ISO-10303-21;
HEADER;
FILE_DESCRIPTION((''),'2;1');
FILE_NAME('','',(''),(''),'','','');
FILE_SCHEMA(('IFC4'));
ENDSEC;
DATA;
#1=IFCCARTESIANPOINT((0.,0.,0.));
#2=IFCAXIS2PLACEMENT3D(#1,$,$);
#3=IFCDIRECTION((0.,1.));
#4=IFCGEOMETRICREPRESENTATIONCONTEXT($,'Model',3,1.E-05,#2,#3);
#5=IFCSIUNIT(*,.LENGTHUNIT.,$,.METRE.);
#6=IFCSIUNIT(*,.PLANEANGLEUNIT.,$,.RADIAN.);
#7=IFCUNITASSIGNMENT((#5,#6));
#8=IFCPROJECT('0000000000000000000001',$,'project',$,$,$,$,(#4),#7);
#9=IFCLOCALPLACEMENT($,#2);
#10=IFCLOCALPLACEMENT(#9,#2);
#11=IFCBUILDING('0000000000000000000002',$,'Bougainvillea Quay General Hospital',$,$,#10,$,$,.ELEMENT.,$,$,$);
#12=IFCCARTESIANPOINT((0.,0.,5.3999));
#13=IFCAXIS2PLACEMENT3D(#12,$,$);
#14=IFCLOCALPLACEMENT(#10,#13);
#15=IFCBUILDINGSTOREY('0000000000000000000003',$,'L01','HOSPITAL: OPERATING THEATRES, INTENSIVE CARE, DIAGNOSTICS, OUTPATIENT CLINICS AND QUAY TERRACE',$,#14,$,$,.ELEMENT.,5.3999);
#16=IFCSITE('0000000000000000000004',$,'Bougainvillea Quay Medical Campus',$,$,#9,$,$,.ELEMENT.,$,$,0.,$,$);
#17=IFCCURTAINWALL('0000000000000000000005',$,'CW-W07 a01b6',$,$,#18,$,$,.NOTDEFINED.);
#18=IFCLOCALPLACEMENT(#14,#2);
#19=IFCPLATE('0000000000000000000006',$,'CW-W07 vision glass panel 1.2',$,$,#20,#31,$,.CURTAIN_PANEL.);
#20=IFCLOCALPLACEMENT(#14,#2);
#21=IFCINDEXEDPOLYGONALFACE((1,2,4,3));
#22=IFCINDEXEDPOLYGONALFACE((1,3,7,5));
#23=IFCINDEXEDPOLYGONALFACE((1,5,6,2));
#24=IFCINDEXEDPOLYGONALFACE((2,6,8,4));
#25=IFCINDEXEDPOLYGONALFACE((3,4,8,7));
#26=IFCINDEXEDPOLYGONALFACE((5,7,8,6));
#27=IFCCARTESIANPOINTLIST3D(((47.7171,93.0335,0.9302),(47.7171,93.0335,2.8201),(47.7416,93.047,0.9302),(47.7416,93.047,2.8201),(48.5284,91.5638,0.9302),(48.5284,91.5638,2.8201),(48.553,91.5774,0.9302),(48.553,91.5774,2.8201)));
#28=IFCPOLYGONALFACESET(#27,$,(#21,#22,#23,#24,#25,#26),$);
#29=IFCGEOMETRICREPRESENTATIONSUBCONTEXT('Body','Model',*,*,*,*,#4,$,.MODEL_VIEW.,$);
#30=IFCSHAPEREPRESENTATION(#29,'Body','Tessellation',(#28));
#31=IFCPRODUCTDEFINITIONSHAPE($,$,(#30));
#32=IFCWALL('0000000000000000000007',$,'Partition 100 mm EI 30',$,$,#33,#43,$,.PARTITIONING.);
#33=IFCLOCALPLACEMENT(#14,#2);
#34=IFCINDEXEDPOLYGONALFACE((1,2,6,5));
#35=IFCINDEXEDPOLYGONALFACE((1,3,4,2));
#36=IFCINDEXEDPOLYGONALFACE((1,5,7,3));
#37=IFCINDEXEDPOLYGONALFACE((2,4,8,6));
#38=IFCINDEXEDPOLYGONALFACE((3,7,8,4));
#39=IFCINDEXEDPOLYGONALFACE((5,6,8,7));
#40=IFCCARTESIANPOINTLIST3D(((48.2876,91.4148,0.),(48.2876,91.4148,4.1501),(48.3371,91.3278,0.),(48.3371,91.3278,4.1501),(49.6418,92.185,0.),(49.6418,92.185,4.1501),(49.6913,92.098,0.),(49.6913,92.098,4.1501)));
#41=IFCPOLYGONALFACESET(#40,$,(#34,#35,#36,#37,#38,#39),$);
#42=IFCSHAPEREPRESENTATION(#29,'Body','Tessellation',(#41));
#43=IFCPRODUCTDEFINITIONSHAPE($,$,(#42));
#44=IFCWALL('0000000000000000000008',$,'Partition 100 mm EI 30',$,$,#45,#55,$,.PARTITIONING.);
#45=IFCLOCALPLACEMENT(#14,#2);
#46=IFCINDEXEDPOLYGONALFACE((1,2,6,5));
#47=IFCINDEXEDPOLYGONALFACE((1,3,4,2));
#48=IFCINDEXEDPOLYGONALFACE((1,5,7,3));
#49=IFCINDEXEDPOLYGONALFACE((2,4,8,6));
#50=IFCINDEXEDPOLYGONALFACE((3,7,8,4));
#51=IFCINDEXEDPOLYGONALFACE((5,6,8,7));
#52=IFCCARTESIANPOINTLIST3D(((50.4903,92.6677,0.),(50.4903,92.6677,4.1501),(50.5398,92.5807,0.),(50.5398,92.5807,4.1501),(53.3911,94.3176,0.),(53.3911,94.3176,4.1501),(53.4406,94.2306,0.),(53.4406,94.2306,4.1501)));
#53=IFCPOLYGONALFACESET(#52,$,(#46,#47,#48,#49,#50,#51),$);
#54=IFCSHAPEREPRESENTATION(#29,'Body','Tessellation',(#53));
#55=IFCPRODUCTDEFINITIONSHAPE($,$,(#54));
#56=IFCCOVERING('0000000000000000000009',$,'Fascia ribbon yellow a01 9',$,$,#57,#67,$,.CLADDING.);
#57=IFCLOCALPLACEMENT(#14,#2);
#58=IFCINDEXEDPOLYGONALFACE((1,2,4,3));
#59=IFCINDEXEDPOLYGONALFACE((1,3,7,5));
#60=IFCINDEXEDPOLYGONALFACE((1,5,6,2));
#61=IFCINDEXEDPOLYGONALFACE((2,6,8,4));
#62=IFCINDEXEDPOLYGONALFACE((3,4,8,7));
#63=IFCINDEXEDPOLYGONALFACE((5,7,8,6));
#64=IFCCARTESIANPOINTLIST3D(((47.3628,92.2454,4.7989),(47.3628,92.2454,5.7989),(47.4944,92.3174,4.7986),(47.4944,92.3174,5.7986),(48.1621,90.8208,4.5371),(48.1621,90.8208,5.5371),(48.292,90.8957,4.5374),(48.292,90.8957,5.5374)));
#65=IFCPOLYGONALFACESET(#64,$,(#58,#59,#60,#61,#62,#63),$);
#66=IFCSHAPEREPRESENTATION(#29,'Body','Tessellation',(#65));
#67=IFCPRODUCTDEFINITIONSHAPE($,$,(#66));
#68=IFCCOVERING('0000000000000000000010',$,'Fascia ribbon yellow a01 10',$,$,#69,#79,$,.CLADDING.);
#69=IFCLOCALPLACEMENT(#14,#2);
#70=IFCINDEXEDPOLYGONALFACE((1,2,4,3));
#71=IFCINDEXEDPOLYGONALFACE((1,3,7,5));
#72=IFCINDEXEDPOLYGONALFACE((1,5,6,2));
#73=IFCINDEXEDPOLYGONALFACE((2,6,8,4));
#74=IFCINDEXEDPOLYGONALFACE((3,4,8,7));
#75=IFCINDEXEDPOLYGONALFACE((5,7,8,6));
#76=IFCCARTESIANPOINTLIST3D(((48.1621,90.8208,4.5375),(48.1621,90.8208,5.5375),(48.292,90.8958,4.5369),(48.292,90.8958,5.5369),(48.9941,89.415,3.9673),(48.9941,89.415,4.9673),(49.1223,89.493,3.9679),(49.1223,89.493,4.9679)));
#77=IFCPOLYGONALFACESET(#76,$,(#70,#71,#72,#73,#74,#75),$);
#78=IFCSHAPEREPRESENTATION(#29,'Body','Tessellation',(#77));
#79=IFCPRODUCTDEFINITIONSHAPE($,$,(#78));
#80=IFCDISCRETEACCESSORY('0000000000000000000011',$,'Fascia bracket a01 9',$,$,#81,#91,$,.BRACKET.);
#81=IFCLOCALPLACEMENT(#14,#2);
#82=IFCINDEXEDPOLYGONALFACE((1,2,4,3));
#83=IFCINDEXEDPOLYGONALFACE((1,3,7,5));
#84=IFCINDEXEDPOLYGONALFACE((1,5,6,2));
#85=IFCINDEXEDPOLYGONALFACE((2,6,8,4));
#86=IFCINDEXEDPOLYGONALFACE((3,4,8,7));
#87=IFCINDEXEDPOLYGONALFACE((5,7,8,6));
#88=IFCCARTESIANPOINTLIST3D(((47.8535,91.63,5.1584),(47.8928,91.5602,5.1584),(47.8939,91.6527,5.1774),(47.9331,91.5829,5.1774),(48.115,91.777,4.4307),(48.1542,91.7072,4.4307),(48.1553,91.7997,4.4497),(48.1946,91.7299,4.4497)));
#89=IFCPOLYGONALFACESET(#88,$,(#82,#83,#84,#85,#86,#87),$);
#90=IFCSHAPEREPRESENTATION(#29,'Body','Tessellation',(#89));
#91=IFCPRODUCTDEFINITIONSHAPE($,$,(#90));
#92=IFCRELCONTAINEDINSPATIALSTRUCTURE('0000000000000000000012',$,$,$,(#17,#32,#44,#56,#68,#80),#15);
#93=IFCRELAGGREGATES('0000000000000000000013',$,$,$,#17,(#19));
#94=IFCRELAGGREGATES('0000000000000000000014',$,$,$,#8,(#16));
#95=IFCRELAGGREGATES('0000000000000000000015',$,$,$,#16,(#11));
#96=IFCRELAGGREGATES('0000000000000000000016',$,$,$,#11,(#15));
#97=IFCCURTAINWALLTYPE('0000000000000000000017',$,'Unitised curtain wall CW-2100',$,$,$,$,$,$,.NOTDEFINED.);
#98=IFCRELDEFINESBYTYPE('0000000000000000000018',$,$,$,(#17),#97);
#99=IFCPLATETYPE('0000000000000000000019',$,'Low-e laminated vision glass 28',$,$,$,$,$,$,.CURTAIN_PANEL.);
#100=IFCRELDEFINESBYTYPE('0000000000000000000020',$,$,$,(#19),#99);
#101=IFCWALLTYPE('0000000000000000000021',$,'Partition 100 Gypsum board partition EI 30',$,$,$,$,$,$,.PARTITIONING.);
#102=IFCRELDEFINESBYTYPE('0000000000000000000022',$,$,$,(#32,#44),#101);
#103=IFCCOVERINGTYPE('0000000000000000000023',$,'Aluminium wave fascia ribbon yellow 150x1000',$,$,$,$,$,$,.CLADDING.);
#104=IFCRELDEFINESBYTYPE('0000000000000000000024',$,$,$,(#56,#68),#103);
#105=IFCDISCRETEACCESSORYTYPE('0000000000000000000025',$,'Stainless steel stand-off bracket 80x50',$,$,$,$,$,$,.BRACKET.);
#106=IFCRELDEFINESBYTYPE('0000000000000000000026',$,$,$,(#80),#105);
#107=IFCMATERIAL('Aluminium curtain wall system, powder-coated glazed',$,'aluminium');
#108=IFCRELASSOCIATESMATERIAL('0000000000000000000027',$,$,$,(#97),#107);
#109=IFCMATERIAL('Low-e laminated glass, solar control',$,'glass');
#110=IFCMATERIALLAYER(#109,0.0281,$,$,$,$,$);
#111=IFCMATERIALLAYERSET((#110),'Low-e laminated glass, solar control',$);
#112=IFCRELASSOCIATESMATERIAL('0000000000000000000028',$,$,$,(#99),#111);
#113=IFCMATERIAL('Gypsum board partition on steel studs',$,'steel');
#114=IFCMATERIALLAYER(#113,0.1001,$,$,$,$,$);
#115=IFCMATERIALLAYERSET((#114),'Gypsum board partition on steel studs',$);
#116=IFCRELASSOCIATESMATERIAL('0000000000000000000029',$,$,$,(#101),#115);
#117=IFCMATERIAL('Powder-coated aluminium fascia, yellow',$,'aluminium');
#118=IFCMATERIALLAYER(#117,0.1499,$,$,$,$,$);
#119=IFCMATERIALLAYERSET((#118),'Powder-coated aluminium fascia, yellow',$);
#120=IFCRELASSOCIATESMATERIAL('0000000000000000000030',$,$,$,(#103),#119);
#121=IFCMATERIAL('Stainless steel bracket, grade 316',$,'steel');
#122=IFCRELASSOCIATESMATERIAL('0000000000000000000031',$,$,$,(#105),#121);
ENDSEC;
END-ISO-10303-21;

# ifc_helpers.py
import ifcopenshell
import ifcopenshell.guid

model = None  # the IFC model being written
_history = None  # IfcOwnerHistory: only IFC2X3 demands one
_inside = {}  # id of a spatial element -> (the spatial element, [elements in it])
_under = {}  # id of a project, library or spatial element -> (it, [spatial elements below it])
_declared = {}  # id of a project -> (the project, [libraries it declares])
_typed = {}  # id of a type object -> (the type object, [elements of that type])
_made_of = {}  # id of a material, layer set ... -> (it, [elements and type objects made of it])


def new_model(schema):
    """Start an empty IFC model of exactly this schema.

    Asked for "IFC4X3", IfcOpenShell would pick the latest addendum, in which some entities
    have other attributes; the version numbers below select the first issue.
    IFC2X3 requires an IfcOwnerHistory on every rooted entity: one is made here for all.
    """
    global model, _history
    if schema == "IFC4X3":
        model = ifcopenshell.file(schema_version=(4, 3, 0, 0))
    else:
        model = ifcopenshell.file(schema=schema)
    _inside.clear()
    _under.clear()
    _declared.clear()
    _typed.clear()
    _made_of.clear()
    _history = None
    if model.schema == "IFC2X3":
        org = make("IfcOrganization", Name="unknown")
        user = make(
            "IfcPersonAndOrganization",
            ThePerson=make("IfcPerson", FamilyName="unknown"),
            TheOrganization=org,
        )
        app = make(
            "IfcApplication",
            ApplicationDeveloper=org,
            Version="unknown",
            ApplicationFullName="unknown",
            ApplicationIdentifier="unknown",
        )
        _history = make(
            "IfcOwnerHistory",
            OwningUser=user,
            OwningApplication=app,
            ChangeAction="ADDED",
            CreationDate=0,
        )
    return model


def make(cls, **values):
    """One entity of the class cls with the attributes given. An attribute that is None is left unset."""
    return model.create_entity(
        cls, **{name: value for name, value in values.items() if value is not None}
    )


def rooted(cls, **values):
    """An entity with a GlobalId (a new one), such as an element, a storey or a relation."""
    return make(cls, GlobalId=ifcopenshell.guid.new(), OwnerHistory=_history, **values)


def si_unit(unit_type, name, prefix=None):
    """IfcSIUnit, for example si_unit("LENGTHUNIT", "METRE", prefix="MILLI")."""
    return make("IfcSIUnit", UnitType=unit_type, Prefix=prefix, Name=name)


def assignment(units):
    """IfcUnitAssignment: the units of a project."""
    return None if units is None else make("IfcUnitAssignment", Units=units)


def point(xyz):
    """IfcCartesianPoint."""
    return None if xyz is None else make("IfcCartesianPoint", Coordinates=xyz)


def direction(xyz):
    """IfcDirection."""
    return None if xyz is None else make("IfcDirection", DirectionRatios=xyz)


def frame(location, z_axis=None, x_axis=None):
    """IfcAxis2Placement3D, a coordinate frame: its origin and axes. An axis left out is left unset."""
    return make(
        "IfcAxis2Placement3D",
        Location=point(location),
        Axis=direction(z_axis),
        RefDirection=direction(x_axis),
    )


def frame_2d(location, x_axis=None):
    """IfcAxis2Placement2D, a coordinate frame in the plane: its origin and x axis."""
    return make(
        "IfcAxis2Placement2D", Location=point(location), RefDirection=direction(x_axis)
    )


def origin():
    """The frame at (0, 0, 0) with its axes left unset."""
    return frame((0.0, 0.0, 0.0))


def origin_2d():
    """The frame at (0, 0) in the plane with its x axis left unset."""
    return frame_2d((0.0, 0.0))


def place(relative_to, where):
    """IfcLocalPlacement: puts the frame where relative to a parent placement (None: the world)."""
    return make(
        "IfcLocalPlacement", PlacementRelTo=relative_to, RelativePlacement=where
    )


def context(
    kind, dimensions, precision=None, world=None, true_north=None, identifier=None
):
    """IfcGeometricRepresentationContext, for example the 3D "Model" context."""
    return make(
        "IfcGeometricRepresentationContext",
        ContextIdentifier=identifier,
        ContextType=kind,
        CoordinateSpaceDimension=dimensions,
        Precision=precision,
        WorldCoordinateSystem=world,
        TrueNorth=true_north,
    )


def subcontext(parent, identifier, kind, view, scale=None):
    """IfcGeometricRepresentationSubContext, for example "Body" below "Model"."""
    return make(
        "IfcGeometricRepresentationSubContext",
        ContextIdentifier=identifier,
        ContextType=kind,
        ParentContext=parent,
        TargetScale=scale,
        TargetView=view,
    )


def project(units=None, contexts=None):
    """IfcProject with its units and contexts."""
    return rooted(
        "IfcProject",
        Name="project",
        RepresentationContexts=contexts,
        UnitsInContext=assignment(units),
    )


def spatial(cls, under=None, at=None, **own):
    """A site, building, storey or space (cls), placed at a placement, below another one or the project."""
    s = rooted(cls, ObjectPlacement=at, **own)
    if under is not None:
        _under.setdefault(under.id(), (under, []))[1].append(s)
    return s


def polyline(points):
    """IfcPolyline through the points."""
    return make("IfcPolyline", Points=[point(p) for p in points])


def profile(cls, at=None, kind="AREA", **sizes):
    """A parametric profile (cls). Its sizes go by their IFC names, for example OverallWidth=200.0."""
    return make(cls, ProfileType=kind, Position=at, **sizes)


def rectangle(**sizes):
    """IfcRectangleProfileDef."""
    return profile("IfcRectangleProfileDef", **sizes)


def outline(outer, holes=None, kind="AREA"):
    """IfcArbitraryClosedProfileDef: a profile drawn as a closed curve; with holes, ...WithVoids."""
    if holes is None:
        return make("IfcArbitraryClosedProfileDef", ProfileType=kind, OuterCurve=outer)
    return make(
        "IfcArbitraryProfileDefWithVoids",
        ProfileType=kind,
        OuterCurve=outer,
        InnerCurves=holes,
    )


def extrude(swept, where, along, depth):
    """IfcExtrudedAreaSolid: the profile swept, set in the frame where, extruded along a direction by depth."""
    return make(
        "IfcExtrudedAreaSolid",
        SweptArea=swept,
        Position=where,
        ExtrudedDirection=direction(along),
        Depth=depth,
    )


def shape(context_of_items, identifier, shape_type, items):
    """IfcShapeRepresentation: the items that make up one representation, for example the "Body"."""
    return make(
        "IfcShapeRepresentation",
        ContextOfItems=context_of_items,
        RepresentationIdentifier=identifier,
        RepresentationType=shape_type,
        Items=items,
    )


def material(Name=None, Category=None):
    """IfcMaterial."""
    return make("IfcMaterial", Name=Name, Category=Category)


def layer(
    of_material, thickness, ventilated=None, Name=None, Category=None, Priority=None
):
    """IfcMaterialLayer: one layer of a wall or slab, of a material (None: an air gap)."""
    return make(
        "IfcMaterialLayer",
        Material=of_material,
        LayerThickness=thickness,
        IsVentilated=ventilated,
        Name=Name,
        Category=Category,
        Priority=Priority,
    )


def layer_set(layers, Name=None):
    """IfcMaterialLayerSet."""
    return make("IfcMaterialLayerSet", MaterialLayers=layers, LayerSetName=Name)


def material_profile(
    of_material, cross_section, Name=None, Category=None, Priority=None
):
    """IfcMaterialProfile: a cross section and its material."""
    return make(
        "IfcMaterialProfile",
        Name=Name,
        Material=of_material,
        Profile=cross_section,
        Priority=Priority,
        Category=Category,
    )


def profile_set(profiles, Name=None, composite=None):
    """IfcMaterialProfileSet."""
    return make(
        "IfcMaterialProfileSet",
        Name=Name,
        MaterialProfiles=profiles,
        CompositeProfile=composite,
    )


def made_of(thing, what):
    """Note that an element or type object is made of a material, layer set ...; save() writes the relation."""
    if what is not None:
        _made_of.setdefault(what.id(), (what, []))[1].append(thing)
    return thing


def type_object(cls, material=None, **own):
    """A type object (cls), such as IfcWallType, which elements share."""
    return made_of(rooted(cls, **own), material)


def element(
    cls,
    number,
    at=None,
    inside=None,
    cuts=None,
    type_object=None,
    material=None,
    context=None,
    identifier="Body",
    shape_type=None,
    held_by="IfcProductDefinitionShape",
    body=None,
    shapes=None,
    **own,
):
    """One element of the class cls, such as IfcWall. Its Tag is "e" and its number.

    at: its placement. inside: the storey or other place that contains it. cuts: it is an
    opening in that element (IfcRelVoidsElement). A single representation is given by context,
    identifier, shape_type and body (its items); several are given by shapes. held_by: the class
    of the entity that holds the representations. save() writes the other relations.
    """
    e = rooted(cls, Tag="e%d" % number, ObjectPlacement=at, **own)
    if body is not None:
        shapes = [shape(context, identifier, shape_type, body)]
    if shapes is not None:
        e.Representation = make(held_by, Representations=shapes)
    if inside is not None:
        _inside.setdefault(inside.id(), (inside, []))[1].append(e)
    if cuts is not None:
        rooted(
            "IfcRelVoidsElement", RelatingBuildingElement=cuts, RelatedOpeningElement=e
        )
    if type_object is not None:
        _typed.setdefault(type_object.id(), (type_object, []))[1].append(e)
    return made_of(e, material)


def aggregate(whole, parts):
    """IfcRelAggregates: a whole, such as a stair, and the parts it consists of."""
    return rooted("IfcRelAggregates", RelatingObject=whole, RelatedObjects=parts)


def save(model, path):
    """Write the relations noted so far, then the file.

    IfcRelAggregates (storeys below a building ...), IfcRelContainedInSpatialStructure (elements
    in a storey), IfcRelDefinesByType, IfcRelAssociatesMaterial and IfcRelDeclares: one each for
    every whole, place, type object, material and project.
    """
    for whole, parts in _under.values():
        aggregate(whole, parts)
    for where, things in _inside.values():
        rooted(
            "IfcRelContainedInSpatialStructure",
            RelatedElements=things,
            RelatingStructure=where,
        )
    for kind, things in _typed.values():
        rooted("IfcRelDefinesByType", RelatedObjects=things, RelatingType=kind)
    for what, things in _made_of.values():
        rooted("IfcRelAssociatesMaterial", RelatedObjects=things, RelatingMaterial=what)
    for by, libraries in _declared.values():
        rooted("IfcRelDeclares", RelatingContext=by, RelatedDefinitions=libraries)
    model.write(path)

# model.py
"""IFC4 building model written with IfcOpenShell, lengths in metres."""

from ifc_helpers import new_model, si_unit, direction, frame, frame_2d, origin, origin_2d, place, context, subcontext, project, spatial, polyline, rectangle, outline, extrude, material, layer, layer_set, material_profile, profile_set, type_object, element, aggregate, save


model = new_model("IFC4")

# Units and contexts
model_context = context("Model", 3, precision=1e-05, world=origin(), true_north=direction((0.0, 1.0)))
body_context = subcontext(model_context, "Body", "Model", "MODEL_VIEW")
ifc_project = project(units=[si_unit("LENGTHUNIT", "METRE"), si_unit("PLANEANGLEUNIT", "RADIAN")], contexts=[model_context])

# Site, building, storey
site_placement = place(None, origin())
site = spatial("IfcSite", under=ifc_project, at=site_placement, Name="Bougainvillea Quay Medical Campus", CompositionType="ELEMENT", RefElevation=0.0)
building_placement = place(site_placement, origin())
building = spatial("IfcBuilding", under=site, at=building_placement, Name="Bougainvillea Quay General Hospital", CompositionType="ELEMENT")
storey_placement = place(building_placement, frame((0.0, 0.0, 5.3999)))
storey = spatial("IfcBuildingStorey", under=building, at=storey_placement, Name="L01", Description="HOSPITAL: OPERATING THEATRES, INTENSIVE CARE, DIAGNOSTICS, OUTPATIENT CLINICS AND QUAY TERRACE", CompositionType="ELEMENT", Elevation=5.3999)

# Shared definitions
ifc_material_1 = material(Name="Aluminium curtain wall system, powder-coated glazed", Category="aluminium")
curtain_wall_type = type_object("IfcCurtainWallType", Name="Unitised curtain wall CW-2100", PredefinedType="NOTDEFINED", material=ifc_material_1)

# Curtain wall
curtain_wall_1_placement = place(storey_placement, origin())
curtain_wall_1 = element("IfcCurtainWall", 1, at=curtain_wall_1_placement, inside=storey, type_object=curtain_wall_type, Name="CW-W07 a01b6", PredefinedType="NOTDEFINED")

# Plate
ifc_material_2 = material(Name="Low-e laminated glass, solar control", Category="glass")
ifc_layer_1 = layer(ifc_material_2, 0.0281)
ifc_layer_set_1 = layer_set([ifc_layer_1], Name="Low-e laminated glass, solar control")
plate_type_1 = type_object("IfcPlateType", Name="Low-e laminated vision glass 28", PredefinedType="CURTAIN_PANEL", material=ifc_layer_set_1)
plate_1_placement = place(storey_placement, frame((48.135, 92.3054, 0.9302), z_axis=(0.0, 0.0, 1.0), x_axis=(-0.483305, 0.875452, 0.0)))
plate_1 = element("IfcPlate", 2, at=plate_1_placement, type_object=plate_type_1, Name="CW-W07 vision glass panel 1.2", PredefinedType="CURTAIN_PANEL", context=body_context, shape_type="SweptSolid", body=[
    extrude(rectangle(XDim=1.6787, YDim=0.0281, at=origin_2d()), origin(), (0.0, 0.0, 1.0), 1.8899),
])
aggregate(curtain_wall_1, [plate_1])

# Walls
ifc_material_3 = material(Name="Gypsum board partition on steel studs", Category="steel")
ifc_layer_2 = layer(ifc_material_3, 0.1001)
ifc_layer_set_2 = layer_set([ifc_layer_2], Name="Gypsum board partition on steel studs")
wall_type = type_object("IfcWallType", Name="Partition 100 Gypsum board partition EI 30", PredefinedType="PARTITIONING", material=ifc_layer_set_2)
wall_1_placement = place(storey_placement, frame((48.3125, 91.3713, 0.0), z_axis=(0.0, 0.0, 1.0), x_axis=(0.869235, 0.4944, 0.0)))
element("IfcWall", 3, at=wall_1_placement, inside=storey, type_object=wall_type, Name="Partition 100 mm EI 30", PredefinedType="PARTITIONING", context=body_context, shape_type="SweptSolid", body=[
    extrude(rectangle(XDim=1.5579, YDim=0.1001, at=frame_2d((0.7788, 0.0))), origin(), (0.0, 0.0, 1.0), 4.1501),
])
wall_2_placement = place(storey_placement, frame((50.5151, 92.6243, 0.0), z_axis=(0.0, 0.0, 1.0), x_axis=(0.869241, 0.494389, 0.0)))
element("IfcWall", 4, at=wall_2_placement, inside=storey, type_object=wall_type, Name="Partition 100 mm EI 30", PredefinedType="PARTITIONING", context=body_context, shape_type="SweptSolid", body=[
    extrude(rectangle(XDim=3.3372, YDim=0.1001, at=frame_2d((1.6685, 0.0))), origin(), (0.0, 0.0, 1.0), 4.1501),
])

# Coverings
ifc_material_4 = material(Name="Powder-coated aluminium fascia, yellow", Category="aluminium")
ifc_layer_3 = layer(ifc_material_4, 0.1499)
ifc_layer_set_3 = layer_set([ifc_layer_3], Name="Powder-coated aluminium fascia, yellow")
covering_type = type_object("IfcCoveringType", Name="Aluminium wave fascia ribbon yellow 150x1000", PredefinedType="CLADDING", material=ifc_layer_set_3)
covering_1_placement = place(storey_placement, frame((47.4944, 92.3174, 4.7986), z_axis=(0.077526, -0.137924, 0.987404), x_axis=(0.483138, -0.86113, -0.158219)))
element("IfcCovering", 5, at=covering_1_placement, inside=storey, type_object=covering_type, Name="Fascia ribbon yellow a01 9", PredefinedType="CLADDING", context=body_context, shape_type="SweptSolid", body=[
    extrude(outline(polyline([(0.0, 0.0), (1.6509, 0.0), (1.6527, -0.1499), (-0.0016, -0.15), (0.0, 0.0)])), origin(), (-0.158219, -0.000124, 0.987404), 1.0),
])
covering_2_placement = place(storey_placement, frame((48.292, 90.8958, 4.5369), z_axis=(0.167929, -0.283548, 0.94414), x_axis=(0.480902, -0.812486, -0.329544)))
element("IfcCovering", 6, at=covering_2_placement, inside=storey, type_object=covering_type, Name="Fascia ribbon yellow a01 10", PredefinedType="CLADDING", context=body_context, shape_type="SweptSolid", body=[
    extrude(outline(polyline([(0.0, 0.0), (1.7265, 0.0), (1.7284, -0.15), (-0.0018, -0.1499), (0.0, 0.0)])), origin(), (-0.329544, -0.000081, 0.94414), 1.0),
])

# Discrete accessory
ifc_material_5 = material(Name="Stainless steel bracket, grade 316", Category="steel")
ifc_material_profile_1 = material_profile(ifc_material_5, rectangle(XDim=0.0801, YDim=0.05, at=origin_2d()))
ifc_profile_set_1 = profile_set([ifc_material_profile_1], Name="Stainless steel bracket, grade 316")
discrete_accessory_type = type_object("IfcDiscreteAccessoryType", Name="Stainless steel stand-off bracket 80x50", PredefinedType="BRACKET", material=ifc_profile_set_1)
discrete_accessory_placement = place(storey_placement, frame((48.1548, 91.7534, 4.4402), z_axis=(-0.33217, -0.18671, 0.924555), x_axis=(0.489991, -0.871728, 0.0)))
element("IfcDiscreteAccessory", 7, at=discrete_accessory_placement, inside=storey, type_object=discrete_accessory_type, Name="Fascia bracket a01 9", PredefinedType="BRACKET", context=body_context, shape_type="SweptSolid", body=[
    extrude(rectangle(XDim=0.0801, YDim=0.05, at=origin_2d()), origin(), (0.0, 0.0, 1.0), 0.7871),
])

save(model, "model.ifc")
